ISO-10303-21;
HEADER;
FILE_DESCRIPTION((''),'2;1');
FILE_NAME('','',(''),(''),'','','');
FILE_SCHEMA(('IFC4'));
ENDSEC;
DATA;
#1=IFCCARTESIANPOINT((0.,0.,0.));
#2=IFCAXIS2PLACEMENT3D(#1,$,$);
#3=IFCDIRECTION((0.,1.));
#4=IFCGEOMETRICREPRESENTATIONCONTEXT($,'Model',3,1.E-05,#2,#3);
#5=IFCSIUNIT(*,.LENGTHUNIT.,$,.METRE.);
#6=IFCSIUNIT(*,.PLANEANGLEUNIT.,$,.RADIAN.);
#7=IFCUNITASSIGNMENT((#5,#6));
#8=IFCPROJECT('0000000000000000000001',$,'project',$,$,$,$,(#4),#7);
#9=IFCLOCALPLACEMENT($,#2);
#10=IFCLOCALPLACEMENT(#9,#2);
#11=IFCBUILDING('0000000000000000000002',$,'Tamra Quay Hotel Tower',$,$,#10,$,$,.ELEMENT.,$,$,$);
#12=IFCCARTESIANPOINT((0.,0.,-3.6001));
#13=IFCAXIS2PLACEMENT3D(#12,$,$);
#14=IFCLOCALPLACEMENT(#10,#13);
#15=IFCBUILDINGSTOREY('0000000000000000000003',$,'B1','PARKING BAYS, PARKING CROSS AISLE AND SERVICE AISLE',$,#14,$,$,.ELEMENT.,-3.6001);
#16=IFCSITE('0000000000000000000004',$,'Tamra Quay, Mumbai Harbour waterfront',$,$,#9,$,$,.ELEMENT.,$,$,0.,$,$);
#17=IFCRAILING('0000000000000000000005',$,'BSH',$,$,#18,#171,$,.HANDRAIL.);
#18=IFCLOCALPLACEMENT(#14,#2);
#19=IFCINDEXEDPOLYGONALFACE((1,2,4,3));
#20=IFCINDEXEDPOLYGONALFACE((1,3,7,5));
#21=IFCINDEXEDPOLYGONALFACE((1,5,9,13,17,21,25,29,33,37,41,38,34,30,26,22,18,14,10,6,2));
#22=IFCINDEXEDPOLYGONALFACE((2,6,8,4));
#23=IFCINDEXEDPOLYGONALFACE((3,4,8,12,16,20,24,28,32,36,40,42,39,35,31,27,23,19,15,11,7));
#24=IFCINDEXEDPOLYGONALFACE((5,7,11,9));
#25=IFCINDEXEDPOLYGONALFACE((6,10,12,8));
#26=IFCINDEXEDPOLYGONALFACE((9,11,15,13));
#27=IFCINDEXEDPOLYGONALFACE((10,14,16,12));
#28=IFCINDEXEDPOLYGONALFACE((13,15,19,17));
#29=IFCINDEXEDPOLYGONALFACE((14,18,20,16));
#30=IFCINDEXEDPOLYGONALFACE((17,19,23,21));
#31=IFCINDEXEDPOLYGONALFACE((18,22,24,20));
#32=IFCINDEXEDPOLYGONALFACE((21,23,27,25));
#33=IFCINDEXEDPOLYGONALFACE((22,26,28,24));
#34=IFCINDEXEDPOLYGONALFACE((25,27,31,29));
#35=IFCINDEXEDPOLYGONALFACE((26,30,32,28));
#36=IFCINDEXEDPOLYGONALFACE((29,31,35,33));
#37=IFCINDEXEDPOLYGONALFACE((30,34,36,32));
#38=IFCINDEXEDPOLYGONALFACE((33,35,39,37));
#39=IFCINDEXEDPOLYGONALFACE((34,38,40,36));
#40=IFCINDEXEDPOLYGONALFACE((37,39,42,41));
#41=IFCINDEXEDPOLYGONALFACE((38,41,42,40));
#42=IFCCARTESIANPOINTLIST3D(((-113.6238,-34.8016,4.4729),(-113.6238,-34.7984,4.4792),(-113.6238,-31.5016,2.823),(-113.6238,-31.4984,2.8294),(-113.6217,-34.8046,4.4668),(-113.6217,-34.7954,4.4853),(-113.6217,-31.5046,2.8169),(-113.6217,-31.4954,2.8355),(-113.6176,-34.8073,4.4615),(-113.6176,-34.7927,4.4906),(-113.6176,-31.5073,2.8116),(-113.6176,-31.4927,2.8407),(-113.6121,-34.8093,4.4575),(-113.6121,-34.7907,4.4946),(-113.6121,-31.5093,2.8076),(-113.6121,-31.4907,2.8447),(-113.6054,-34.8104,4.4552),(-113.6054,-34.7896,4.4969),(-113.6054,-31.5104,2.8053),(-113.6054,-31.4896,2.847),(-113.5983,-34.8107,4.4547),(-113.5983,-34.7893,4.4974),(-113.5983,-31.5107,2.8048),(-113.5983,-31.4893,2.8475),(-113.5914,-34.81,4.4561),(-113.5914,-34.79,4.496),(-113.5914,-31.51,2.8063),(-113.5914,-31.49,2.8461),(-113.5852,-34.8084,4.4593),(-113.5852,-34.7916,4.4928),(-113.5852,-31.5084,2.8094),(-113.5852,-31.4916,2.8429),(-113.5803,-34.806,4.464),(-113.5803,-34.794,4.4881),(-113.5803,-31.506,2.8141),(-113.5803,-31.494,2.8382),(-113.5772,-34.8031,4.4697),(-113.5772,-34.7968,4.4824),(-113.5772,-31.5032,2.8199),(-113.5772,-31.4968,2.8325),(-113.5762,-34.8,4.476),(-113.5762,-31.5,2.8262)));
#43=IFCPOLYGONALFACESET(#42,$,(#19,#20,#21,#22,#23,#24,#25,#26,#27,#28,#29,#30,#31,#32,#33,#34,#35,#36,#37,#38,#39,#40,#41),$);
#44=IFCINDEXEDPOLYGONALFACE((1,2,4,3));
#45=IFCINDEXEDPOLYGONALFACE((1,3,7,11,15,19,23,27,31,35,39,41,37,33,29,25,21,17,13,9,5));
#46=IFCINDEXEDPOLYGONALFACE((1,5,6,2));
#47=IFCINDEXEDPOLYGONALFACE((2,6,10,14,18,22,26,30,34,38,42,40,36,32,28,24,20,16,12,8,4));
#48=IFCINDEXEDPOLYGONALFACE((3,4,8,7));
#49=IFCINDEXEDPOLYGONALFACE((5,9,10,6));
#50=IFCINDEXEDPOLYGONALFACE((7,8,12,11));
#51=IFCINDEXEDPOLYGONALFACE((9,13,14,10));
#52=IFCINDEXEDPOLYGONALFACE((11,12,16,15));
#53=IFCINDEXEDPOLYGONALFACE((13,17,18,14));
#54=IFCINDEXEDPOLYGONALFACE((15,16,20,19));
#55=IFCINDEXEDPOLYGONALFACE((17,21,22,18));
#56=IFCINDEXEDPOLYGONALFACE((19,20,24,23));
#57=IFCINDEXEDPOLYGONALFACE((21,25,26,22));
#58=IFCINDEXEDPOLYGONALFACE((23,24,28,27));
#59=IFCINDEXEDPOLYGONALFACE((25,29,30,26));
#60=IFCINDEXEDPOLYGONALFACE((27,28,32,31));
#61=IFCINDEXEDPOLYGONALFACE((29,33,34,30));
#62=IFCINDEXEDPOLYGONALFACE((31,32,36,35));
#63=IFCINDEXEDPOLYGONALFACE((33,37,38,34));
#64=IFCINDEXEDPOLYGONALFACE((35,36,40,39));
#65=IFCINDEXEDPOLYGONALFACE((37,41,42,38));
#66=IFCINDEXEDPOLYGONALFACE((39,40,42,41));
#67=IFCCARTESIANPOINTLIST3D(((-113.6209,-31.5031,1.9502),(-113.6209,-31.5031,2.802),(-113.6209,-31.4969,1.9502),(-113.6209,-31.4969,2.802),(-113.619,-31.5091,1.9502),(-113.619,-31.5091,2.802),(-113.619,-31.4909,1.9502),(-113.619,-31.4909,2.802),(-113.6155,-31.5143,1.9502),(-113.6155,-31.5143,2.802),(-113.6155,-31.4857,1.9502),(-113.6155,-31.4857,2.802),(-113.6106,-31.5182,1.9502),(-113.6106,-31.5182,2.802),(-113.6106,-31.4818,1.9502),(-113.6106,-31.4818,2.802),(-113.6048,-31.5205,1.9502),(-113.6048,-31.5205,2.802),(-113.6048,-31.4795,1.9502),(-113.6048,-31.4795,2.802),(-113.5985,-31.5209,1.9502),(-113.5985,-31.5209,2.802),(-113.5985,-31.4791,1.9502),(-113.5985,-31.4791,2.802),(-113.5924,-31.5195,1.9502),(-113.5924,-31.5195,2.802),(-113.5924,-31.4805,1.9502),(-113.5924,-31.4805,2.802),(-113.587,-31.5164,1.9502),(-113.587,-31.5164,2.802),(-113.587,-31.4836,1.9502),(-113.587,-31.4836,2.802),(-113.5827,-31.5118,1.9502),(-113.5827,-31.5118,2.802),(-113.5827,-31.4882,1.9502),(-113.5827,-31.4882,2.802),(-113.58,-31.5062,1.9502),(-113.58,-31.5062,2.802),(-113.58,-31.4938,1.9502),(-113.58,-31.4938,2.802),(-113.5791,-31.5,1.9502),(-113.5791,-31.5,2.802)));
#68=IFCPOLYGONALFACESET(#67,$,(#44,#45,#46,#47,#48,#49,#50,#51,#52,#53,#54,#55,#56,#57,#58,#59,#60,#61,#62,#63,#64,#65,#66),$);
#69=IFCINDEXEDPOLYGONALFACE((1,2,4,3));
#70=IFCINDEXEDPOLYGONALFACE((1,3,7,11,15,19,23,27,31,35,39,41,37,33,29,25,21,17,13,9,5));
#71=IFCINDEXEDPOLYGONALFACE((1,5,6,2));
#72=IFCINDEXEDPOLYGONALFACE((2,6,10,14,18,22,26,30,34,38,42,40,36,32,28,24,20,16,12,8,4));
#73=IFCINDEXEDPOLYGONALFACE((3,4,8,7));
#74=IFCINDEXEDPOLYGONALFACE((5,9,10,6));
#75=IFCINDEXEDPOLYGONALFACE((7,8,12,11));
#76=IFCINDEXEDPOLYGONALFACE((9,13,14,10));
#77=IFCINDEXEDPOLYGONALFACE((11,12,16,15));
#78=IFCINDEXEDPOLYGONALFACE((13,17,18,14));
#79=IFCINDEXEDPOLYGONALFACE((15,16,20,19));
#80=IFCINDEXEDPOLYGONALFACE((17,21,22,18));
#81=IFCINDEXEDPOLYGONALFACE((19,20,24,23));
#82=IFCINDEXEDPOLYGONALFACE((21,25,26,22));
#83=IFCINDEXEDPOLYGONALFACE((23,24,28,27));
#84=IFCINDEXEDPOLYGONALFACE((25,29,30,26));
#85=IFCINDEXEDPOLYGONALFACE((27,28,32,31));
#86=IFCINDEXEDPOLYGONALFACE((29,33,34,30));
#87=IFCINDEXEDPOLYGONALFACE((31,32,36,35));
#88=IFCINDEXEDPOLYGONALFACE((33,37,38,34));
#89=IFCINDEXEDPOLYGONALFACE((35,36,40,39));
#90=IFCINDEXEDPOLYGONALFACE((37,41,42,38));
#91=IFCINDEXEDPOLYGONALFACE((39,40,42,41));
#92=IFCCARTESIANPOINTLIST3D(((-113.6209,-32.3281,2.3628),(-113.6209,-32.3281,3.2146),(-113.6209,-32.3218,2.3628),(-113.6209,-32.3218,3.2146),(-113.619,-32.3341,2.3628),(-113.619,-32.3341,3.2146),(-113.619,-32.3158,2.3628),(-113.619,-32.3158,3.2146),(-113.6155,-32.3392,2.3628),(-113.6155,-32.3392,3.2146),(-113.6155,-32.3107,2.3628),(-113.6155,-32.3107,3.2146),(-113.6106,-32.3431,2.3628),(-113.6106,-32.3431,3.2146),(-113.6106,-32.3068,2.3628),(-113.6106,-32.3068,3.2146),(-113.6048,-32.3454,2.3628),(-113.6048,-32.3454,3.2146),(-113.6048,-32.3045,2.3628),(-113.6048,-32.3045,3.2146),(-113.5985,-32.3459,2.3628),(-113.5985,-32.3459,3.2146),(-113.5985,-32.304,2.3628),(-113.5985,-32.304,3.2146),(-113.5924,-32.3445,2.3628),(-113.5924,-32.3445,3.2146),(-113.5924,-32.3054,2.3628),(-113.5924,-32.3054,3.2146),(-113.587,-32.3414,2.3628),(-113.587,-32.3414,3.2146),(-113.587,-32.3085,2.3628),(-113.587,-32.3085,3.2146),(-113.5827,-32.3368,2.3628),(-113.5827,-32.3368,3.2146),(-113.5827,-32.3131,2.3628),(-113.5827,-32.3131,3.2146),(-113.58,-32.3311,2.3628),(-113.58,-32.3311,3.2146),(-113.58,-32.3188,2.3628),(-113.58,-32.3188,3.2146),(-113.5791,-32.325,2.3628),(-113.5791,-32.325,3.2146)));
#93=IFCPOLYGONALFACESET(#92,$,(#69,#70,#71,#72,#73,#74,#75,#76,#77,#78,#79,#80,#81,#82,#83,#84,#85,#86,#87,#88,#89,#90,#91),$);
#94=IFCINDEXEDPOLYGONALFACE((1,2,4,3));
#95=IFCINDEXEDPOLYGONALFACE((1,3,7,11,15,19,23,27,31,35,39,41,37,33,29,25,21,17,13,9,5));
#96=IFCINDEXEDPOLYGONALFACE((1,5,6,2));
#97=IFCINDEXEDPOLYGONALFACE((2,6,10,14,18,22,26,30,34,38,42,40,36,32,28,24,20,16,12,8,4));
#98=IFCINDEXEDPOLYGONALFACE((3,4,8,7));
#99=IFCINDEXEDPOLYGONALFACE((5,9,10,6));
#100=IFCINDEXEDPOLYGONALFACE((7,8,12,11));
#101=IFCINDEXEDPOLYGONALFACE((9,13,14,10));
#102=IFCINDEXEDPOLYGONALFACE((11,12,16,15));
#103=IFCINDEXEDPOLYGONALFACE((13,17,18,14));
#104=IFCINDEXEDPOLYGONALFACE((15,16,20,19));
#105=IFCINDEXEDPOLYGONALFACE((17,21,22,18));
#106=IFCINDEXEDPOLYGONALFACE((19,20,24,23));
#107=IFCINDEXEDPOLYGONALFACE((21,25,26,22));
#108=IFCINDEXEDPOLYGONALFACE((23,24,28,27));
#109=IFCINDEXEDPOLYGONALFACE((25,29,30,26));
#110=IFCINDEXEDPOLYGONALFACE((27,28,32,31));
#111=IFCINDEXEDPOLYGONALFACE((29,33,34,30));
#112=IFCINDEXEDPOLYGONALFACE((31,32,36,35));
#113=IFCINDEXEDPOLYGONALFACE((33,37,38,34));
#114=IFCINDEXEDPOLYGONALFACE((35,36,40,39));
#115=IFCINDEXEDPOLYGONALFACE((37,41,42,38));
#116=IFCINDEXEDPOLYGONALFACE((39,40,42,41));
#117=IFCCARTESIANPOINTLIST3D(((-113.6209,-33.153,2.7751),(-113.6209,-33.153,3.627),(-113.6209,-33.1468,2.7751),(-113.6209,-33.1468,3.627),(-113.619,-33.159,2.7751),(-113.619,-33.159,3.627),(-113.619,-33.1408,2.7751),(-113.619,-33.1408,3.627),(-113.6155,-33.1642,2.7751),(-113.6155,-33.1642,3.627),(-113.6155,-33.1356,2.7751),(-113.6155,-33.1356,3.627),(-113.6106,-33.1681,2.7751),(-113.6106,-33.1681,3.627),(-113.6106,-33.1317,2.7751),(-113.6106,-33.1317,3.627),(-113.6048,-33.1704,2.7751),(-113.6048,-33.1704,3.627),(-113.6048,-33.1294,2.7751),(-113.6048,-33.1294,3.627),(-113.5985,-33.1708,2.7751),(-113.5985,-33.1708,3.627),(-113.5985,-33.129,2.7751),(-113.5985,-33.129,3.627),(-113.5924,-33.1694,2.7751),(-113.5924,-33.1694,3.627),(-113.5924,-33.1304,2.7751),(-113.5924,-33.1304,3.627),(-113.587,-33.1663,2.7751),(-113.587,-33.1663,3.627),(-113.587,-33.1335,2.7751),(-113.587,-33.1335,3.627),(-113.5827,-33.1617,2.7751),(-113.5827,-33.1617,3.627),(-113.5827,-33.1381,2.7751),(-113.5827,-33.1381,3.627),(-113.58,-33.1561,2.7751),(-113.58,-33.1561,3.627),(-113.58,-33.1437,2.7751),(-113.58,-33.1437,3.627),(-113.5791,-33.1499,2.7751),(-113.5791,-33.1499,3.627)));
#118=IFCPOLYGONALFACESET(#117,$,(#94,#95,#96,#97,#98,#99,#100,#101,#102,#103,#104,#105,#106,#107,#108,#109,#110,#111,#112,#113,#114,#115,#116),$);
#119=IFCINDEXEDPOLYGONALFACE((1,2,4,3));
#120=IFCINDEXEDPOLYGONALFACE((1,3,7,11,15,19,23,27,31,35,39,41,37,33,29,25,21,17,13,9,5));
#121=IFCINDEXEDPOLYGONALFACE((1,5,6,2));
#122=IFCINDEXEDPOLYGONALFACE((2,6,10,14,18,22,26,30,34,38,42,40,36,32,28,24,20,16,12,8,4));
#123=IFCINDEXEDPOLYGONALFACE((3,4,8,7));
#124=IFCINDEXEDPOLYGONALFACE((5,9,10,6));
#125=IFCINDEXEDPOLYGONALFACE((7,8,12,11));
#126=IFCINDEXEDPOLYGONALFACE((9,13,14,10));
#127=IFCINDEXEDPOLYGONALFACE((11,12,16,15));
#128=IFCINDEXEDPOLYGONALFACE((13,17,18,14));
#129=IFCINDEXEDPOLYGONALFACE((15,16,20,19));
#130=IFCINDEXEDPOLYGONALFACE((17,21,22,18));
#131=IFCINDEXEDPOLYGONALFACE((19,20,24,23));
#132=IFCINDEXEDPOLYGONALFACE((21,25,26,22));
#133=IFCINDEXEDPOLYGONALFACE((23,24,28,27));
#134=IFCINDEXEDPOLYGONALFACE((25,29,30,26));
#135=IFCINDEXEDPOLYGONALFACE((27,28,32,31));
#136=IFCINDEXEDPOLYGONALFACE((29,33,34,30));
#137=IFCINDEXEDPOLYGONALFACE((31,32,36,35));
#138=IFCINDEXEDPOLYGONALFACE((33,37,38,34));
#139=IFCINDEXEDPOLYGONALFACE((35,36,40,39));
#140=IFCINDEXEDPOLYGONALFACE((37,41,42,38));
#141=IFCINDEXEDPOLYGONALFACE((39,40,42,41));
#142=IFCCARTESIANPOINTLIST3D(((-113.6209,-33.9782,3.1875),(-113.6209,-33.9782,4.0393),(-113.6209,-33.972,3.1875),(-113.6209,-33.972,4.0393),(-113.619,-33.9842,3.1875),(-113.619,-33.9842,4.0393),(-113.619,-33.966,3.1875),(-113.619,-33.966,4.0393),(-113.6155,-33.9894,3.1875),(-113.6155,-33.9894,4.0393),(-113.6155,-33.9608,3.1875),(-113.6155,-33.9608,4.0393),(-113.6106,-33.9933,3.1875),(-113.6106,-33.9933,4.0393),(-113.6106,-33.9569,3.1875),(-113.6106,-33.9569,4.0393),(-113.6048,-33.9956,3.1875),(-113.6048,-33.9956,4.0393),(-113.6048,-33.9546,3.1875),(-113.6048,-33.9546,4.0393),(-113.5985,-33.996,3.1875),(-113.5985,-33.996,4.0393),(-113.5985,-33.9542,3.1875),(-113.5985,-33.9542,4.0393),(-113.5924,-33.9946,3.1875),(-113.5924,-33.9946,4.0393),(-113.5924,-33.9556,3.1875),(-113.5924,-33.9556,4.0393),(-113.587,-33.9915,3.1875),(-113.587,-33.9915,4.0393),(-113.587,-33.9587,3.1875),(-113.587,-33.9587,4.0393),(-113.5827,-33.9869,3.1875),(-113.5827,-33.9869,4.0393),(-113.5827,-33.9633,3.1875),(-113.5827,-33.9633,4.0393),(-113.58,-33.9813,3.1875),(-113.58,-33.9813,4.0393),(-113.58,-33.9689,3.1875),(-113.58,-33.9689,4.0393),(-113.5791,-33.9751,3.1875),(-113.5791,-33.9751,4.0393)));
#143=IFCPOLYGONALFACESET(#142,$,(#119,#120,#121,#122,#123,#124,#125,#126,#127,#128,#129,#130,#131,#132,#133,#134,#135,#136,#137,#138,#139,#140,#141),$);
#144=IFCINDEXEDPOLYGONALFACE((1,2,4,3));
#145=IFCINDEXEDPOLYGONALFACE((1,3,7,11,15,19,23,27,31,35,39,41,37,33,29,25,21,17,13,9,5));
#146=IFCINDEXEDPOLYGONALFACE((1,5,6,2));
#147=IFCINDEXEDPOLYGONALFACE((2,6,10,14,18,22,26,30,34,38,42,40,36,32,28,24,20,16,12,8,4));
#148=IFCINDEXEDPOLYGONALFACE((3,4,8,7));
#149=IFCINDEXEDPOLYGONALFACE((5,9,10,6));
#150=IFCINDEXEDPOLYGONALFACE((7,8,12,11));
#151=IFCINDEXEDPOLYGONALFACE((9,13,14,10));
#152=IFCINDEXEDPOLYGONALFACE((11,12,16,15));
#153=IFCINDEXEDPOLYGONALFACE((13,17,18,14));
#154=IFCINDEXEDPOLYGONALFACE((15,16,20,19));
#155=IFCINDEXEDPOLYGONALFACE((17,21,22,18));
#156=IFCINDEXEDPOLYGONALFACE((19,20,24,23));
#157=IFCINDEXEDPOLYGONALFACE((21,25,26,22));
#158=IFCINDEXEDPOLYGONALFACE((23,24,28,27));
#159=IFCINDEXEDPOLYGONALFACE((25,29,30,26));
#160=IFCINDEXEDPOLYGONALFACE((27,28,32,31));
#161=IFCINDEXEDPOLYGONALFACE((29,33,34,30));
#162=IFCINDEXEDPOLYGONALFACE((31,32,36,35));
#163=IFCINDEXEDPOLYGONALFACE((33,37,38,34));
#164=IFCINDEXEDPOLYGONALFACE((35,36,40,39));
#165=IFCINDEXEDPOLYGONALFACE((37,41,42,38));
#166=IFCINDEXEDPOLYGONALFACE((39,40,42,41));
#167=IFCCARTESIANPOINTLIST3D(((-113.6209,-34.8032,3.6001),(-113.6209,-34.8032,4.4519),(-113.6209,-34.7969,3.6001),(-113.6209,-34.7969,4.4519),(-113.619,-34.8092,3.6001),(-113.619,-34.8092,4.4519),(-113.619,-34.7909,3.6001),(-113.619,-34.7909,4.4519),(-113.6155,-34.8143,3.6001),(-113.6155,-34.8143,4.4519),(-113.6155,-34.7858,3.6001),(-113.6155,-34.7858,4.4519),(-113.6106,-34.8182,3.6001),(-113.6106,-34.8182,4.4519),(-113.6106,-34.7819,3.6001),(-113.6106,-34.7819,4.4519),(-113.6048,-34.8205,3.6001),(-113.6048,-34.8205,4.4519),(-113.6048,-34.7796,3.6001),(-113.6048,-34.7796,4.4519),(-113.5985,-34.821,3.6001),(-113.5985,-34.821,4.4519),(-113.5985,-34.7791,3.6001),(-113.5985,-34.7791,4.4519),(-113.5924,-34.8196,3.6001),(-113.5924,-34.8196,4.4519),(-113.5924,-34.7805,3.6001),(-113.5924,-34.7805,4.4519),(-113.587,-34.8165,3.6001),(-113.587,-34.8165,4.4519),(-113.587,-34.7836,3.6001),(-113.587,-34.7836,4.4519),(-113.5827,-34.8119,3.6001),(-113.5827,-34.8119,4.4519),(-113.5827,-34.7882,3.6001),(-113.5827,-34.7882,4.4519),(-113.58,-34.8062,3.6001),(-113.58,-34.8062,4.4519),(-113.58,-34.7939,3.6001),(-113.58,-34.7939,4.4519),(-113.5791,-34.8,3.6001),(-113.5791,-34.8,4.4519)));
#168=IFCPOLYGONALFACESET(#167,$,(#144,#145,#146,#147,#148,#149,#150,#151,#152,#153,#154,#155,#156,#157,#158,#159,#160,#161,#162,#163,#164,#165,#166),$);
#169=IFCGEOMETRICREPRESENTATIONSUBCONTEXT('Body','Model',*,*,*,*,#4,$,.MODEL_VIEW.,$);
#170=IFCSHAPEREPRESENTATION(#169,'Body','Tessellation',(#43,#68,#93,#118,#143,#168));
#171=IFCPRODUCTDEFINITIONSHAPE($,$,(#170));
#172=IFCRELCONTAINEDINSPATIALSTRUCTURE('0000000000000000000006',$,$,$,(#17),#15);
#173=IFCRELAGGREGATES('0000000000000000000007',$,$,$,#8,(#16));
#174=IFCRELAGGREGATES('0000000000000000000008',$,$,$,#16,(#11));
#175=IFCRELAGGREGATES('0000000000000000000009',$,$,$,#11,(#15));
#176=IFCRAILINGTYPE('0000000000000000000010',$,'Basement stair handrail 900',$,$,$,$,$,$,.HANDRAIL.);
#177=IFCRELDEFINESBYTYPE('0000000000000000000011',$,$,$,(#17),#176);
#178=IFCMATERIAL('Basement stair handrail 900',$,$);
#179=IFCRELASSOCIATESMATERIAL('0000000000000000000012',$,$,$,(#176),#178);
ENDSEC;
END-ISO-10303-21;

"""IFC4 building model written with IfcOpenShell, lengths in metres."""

from ifc_helpers import new_model, si_unit, direction, frame, origin, origin_2d, place, context, subcontext, project, spatial, circle, extrude, material, type_object, element, save


model = new_model("IFC4")

# Units and contexts
model_context = context("Model", 3, precision=1e-05, world=origin(), true_north=direction((0.0, 1.0)))
body_context = subcontext(model_context, "Body", "Model", "MODEL_VIEW")
ifc_project = project(units=[si_unit("LENGTHUNIT", "METRE"), si_unit("PLANEANGLEUNIT", "RADIAN")], contexts=[model_context])

# Site, building, storey
site_placement = place(None, origin())
site = spatial("IfcSite", under=ifc_project, at=site_placement, Name="Tamra Quay, Mumbai Harbour waterfront", CompositionType="ELEMENT", RefElevation=0.0)
building_placement = place(site_placement, origin())
building = spatial("IfcBuilding", under=site, at=building_placement, Name="Tamra Quay Hotel Tower", CompositionType="ELEMENT")
storey_placement = place(building_placement, frame((0.0, 0.0, -3.6001)))
storey = spatial("IfcBuildingStorey", under=building, at=storey_placement, Name="B1", Description="PARKING BAYS, PARKING CROSS AISLE AND SERVICE AISLE", CompositionType="ELEMENT", Elevation=-3.6001)

# Railing
ifc_material_1 = material(Name="Basement stair handrail 900")
railing_type_1 = type_object("IfcRailingType", Name="Basement stair handrail 900", PredefinedType="HANDRAIL", material=ifc_material_1)
railing_1_placement = place(storey_placement, frame((-113.6001, -31.5, 1.9502)))
element("IfcRailing", 1, at=railing_1_placement, inside=storey, type_object=railing_type_1, Name="BSH", PredefinedType="HANDRAIL", context=body_context, shape_type="SweptSolid", body=[
    extrude(circle(Radius=0.0239, at=origin_2d()), frame((0.0, 0.0, 0.876), z_axis=(0.0, -0.89444, 0.447187), x_axis=(1.0, 0.0, 0.0)), (0.0, 0.0, 1.0), 3.6895),
    extrude(circle(Radius=0.021, at=origin_2d()), origin(), (0.0, 0.0, 1.0), 0.8518),
    extrude(circle(Radius=0.021, at=origin_2d()), frame((0.0, -0.825, 0.4126)), (0.0, 0.0, 1.0), 0.8518),
    extrude(circle(Radius=0.021, at=origin_2d()), frame((0.0, -1.6499, 0.825)), (0.0, 0.0, 1.0), 0.8518),
    extrude(circle(Radius=0.021, at=origin_2d()), frame((0.0, -2.4751, 1.2373)), (0.0, 0.0, 1.0), 0.8518),
    extrude(circle(Radius=0.021, at=origin_2d()), frame((0.0, -3.3, 1.6499)), (0.0, 0.0, 1.0), 0.8518),
])

save(model, "model.ifc")
